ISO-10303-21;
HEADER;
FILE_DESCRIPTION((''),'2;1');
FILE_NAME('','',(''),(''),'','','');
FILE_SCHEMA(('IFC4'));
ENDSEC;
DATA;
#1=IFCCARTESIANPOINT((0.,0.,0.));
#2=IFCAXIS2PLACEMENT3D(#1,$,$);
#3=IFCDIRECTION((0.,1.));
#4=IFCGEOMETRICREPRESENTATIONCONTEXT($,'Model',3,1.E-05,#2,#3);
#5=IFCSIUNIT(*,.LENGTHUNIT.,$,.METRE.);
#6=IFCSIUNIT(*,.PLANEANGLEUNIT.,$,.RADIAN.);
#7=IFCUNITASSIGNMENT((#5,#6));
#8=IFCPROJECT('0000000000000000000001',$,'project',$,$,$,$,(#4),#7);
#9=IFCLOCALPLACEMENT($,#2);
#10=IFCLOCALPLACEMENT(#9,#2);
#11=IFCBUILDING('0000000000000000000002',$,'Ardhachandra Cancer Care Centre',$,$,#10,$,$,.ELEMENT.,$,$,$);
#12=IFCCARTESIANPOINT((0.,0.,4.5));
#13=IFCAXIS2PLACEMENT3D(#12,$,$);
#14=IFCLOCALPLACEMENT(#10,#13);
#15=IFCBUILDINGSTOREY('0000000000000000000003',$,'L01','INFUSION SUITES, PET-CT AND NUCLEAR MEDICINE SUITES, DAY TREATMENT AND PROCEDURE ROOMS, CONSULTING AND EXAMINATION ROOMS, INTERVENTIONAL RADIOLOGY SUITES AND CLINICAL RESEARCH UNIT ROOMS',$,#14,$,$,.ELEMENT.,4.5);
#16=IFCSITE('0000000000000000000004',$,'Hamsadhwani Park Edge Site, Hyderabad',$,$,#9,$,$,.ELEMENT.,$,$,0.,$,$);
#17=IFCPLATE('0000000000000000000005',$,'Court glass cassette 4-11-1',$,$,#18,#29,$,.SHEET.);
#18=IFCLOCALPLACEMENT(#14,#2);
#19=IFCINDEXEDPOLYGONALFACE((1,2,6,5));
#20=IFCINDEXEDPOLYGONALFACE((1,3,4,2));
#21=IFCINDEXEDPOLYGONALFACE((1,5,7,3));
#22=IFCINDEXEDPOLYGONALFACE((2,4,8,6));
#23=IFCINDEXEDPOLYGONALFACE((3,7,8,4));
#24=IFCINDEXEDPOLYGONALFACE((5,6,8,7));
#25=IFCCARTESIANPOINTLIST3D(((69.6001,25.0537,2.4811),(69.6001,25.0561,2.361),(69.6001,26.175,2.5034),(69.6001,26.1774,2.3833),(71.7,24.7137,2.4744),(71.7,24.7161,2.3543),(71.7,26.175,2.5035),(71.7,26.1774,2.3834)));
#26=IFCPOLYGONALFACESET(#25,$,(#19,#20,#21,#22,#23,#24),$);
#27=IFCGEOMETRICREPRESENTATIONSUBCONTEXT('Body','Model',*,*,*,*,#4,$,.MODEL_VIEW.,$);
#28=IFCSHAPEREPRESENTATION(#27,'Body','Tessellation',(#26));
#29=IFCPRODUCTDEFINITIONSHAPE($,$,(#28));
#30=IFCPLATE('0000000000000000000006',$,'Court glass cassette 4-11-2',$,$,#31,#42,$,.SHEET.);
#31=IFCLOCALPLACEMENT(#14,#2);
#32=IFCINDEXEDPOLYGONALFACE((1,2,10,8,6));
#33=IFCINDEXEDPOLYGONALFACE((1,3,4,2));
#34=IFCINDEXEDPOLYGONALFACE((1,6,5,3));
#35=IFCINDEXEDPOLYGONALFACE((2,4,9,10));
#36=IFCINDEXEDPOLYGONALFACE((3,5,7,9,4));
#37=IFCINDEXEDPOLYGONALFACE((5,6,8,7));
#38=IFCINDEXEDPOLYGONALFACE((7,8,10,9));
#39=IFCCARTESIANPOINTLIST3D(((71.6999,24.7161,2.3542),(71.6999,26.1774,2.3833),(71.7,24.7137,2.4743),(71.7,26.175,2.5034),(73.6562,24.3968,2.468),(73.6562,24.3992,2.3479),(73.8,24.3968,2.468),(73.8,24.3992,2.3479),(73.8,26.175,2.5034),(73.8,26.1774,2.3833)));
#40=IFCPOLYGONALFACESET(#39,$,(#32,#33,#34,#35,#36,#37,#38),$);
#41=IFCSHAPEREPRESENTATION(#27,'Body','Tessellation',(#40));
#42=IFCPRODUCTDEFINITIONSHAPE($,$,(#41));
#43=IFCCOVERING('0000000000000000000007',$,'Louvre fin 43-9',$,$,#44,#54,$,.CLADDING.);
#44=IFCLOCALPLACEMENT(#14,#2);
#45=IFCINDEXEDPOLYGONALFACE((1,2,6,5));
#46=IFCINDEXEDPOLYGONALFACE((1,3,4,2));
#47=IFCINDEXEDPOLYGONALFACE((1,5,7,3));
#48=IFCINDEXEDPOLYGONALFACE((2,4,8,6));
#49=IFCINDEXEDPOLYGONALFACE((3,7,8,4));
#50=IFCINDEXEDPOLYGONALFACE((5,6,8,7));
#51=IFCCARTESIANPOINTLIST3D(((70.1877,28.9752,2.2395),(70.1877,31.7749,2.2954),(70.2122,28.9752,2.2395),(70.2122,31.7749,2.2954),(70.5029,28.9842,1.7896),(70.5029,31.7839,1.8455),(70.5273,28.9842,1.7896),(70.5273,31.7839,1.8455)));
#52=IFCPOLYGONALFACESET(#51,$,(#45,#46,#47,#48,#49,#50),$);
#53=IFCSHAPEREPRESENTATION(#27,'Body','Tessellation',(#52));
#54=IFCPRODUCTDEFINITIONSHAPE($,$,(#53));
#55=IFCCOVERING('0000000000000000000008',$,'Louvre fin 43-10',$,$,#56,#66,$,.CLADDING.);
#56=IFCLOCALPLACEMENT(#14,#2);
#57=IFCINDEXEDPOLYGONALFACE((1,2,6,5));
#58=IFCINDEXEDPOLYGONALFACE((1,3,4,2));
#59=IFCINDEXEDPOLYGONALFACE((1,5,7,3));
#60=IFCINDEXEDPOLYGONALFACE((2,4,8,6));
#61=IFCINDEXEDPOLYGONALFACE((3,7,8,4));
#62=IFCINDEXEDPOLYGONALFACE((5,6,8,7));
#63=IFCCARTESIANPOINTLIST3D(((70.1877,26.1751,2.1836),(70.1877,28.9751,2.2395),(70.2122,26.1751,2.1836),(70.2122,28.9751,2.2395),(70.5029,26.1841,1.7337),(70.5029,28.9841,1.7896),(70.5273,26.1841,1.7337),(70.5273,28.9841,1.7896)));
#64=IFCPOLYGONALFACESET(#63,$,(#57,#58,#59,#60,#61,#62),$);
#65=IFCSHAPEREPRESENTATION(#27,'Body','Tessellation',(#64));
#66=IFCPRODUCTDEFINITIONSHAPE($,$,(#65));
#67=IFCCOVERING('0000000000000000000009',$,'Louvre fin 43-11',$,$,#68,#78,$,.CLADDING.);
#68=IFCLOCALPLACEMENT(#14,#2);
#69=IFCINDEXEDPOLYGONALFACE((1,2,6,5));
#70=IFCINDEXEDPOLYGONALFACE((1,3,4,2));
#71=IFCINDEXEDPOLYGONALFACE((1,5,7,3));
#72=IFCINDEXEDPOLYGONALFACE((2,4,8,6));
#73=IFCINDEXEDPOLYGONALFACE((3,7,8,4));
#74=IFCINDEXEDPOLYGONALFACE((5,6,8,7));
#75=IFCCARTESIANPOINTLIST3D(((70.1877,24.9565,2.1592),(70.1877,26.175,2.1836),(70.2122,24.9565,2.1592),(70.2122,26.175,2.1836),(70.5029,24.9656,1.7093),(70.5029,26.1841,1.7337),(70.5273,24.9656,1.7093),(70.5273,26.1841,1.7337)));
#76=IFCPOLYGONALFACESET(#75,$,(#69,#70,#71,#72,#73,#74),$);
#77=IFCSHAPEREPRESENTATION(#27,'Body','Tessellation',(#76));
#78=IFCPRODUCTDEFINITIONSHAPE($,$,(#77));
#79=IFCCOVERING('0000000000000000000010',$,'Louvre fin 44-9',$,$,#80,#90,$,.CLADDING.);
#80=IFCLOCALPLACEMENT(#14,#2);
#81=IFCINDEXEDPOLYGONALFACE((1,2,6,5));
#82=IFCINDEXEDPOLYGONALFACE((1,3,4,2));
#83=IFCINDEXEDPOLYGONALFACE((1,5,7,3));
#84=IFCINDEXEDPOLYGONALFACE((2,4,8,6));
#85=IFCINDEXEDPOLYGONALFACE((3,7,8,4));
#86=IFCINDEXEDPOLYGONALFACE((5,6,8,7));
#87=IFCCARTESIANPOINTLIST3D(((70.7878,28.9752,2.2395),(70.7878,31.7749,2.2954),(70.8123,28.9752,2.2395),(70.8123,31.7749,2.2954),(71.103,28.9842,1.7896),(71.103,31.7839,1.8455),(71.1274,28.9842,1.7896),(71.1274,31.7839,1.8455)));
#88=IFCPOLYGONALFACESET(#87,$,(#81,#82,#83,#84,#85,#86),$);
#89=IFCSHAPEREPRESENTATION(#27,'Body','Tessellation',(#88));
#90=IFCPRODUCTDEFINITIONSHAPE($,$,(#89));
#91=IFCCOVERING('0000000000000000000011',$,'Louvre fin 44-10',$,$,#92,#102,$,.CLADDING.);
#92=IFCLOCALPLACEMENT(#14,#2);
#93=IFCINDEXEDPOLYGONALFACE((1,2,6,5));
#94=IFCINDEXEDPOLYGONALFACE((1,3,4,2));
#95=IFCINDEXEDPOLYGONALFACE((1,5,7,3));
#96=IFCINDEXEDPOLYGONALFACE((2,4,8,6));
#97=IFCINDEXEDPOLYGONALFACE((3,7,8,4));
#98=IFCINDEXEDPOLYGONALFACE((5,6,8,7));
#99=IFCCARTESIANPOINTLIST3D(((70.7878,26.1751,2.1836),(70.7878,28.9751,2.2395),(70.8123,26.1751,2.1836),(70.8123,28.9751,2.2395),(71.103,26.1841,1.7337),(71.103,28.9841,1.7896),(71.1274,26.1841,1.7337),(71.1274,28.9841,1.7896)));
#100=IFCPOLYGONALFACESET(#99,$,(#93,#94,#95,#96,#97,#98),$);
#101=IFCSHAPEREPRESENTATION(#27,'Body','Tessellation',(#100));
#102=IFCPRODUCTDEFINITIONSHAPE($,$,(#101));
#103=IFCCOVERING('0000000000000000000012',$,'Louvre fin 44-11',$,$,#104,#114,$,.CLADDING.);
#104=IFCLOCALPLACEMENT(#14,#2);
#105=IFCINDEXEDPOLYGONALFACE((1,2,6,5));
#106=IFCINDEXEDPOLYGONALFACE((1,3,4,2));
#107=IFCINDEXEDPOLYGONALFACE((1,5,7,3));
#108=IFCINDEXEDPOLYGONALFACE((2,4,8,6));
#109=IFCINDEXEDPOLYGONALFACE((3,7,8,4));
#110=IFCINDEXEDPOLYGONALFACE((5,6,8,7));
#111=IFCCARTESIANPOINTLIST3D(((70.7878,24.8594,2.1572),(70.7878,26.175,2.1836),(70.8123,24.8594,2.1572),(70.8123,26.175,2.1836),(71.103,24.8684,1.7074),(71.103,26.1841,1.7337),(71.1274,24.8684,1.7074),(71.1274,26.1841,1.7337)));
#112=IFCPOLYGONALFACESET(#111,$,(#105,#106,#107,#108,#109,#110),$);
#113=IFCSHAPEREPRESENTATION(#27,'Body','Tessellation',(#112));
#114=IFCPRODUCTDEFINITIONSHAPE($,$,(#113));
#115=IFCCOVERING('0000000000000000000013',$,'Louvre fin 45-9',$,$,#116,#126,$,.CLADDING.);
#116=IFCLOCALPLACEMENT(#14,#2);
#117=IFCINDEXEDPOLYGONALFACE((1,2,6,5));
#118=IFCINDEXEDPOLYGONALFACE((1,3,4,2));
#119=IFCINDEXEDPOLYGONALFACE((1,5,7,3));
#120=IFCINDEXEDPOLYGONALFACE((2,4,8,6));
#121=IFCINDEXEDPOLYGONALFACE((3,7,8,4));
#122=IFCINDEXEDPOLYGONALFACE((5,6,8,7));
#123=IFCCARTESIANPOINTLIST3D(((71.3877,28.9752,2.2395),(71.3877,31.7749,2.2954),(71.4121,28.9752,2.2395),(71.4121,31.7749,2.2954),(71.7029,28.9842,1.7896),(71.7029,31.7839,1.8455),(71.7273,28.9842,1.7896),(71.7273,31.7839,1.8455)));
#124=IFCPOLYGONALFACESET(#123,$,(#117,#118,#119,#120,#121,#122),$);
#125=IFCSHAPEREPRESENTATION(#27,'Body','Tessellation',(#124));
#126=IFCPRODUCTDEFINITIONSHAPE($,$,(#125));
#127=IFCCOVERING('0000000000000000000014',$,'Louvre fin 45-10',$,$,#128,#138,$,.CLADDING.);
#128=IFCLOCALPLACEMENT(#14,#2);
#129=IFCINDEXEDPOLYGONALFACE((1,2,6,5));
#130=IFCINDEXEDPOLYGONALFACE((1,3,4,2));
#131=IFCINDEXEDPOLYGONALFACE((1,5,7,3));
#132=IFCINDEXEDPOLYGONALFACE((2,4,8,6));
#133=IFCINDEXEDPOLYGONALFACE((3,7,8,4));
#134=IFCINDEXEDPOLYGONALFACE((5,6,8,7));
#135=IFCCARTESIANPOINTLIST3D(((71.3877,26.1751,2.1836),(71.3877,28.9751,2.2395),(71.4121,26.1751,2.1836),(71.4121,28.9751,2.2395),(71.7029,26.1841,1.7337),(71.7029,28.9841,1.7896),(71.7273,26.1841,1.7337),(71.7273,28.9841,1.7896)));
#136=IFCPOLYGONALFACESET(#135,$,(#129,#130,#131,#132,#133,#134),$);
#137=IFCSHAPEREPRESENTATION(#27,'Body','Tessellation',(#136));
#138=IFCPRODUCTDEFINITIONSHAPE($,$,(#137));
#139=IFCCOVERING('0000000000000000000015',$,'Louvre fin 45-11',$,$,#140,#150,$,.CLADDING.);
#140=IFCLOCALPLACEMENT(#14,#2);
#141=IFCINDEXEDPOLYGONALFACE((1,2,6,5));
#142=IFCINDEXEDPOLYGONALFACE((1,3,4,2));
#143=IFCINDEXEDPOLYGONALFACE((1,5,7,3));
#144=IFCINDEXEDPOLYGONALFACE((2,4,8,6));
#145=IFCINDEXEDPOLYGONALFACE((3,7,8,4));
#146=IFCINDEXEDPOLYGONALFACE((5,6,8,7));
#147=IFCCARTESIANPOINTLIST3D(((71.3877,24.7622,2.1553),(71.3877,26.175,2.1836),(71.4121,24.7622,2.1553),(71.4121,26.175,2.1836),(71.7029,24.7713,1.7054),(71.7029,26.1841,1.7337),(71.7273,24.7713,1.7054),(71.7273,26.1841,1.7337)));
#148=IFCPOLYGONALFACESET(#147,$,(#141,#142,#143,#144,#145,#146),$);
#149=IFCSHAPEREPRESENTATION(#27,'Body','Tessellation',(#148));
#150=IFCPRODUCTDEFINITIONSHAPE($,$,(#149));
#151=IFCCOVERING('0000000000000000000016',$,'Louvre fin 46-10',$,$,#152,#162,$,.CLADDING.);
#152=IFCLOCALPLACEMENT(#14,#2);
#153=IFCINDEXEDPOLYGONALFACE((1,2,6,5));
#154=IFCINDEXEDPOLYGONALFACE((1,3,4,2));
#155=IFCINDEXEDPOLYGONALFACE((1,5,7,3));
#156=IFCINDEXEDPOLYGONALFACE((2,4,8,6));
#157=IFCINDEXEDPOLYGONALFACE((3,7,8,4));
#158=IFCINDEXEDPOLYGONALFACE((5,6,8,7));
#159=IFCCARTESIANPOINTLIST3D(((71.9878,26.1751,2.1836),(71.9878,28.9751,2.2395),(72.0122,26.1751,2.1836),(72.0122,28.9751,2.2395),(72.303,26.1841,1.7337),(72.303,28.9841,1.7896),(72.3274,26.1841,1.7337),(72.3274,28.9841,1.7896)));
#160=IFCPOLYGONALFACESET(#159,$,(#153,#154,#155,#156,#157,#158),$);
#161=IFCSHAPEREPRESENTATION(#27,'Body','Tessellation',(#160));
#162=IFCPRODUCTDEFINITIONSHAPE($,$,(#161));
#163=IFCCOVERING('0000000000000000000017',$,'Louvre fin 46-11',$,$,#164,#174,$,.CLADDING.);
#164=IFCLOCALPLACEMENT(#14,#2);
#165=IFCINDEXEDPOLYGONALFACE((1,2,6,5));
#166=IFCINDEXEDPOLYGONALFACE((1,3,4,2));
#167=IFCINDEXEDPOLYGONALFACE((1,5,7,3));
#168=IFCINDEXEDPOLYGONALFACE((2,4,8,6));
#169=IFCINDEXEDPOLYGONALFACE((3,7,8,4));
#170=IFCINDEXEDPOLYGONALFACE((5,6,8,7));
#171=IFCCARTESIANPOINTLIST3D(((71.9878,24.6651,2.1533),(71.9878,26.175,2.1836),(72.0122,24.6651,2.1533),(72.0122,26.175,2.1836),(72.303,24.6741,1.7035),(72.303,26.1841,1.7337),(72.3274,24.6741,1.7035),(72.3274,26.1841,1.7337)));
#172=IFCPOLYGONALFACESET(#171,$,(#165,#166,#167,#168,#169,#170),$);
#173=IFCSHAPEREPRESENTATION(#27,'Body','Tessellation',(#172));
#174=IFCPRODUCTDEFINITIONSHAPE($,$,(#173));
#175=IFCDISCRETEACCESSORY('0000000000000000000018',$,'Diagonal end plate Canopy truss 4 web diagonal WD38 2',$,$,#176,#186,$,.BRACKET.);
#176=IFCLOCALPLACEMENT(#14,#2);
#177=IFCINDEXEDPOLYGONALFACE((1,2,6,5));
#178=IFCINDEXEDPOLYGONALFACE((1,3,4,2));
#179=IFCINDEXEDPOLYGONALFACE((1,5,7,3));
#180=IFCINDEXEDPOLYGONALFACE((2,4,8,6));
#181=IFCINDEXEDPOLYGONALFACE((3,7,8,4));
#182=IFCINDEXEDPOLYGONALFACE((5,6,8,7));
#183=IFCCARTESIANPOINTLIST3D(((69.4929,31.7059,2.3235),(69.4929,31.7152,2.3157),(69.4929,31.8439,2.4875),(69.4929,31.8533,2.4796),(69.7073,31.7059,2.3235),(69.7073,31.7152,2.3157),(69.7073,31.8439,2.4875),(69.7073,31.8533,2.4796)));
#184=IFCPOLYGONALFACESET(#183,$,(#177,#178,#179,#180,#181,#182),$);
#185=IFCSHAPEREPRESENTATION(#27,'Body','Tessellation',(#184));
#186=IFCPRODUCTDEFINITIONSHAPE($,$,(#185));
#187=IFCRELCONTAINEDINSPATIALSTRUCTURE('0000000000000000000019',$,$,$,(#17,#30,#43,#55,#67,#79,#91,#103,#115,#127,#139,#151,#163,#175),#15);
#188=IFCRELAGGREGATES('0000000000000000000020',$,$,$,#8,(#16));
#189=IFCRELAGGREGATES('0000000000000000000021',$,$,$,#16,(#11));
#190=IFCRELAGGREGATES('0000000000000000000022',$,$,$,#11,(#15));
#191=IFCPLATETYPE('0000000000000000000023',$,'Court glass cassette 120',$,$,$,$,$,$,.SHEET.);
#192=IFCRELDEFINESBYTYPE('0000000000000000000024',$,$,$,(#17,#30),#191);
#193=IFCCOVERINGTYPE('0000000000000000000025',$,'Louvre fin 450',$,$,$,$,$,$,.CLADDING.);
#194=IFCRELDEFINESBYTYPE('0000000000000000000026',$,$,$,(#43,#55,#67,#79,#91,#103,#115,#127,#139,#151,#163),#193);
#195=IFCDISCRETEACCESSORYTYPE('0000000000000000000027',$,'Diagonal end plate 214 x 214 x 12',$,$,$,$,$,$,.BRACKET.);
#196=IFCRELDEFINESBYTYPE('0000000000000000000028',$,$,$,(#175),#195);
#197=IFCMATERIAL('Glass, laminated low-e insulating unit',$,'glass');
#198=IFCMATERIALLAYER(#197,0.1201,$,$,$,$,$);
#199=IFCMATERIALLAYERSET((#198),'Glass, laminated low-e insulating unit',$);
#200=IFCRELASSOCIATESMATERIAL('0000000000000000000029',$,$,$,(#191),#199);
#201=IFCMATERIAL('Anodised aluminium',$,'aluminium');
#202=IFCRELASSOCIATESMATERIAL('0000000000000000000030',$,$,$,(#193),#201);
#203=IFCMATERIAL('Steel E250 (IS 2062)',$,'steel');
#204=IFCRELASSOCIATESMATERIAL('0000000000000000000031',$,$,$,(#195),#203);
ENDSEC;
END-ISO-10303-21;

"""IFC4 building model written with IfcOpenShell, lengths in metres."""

from ifc_helpers import new_model, si_unit, direction, frame, origin, origin_2d, place, context, subcontext, project, spatial, polyline, rectangle, outline, extrude, material, layer, layer_set, material_profile, profile_set, type_object, element, save


model = new_model("IFC4")

# Units and contexts
model_context = context("Model", 3, precision=1e-05, world=origin(), true_north=direction((0.0, 1.0)))
body_context = subcontext(model_context, "Body", "Model", "MODEL_VIEW")
ifc_project = project(units=[si_unit("LENGTHUNIT", "METRE"), si_unit("PLANEANGLEUNIT", "RADIAN")], contexts=[model_context])

# Site, building, storey
site_placement = place(None, origin())
site = spatial("IfcSite", under=ifc_project, at=site_placement, Name="Hamsadhwani Park Edge Site, Hyderabad", CompositionType="ELEMENT", RefElevation=0.0)
building_placement = place(site_placement, origin())
building = spatial("IfcBuilding", under=site, at=building_placement, Name="Ardhachandra Cancer Care Centre", CompositionType="ELEMENT")
storey_placement = place(building_placement, frame((0.0, 0.0, 4.5)))
storey = spatial("IfcBuildingStorey", under=building, at=storey_placement, Name="L01", Description="INFUSION SUITES, PET-CT AND NUCLEAR MEDICINE SUITES, DAY TREATMENT AND PROCEDURE ROOMS, CONSULTING AND EXAMINATION ROOMS, INTERVENTIONAL RADIOLOGY SUITES AND CLINICAL RESEARCH UNIT ROOMS", CompositionType="ELEMENT", Elevation=4.5)

# Plates
ifc_material_1 = material(Name="Glass, laminated low-e insulating unit", Category="glass")
ifc_layer = layer(ifc_material_1, 0.1201)
ifc_layer_set = layer_set([ifc_layer], Name="Glass, laminated low-e insulating unit")
plate_type = type_object("IfcPlateType", Name="Court glass cassette 120", PredefinedType="SHEET", material=ifc_layer_set)
plate_1_placement = place(storey_placement, frame((69.6001, 26.175, 2.5034), z_axis=(-0.000046, -0.019941, 0.999801), x_axis=(1.0, -0.000001, 0.000046)))
element("IfcPlate", 1, at=plate_1_placement, inside=storey, type_object=plate_type, Name="Court glass cassette 4-11-1", PredefinedType="SHEET", context=body_context, shape_type="SweptSolid", body=[
    extrude(outline(polyline([(0.0, -1.1216), (2.0999, -1.4617), (2.0999, 0.0), (0.0, 0.0), (0.0, -1.1216)])), frame((0.0, 0.0, -0.1201)), (0.0, 0.0, 1.0), 0.1201),
])
plate_2_placement = place(storey_placement, frame((71.7, 26.175, 2.5034), z_axis=(0.00001, -0.019891, 0.999802), x_axis=(1.0, 0.0, -0.00001)))
element("IfcPlate", 2, at=plate_2_placement, inside=storey, type_object=plate_type, Name="Court glass cassette 4-11-2", PredefinedType="SHEET", context=body_context, shape_type="SweptSolid", body=[
    extrude(outline(polyline([(0.0, -1.4617), (1.9563, -1.7786), (2.1001, -1.7786), (2.1001, 0.0), (0.0, 0.0), (0.0, -1.4617)])), frame((0.0, 0.0, -0.1201)), (0.0, 0.0, 1.0), 0.1201),
])

# Coverings
ifc_material_2 = material(Name="Anodised aluminium", Category="aluminium")
ifc_material_profile_1 = material_profile(ifc_material_2, outline(polyline([(-0.0122, 0.0), (0.0122, 0.0), (0.3274, -0.45), (0.303, -0.45), (-0.0122, 0.0)])), Name="Louvre fin 450")
ifc_profile_set_1 = profile_set([ifc_material_profile_1], Name="Anodised aluminium")
covering_type = type_object("IfcCoveringType", Name="Louvre fin 450", PredefinedType="CLADDING", material=ifc_profile_set_1)
covering_1_placement = place(storey_placement, frame((70.2, 31.7749, 2.2954), z_axis=(0.0, -0.999801, -0.019965), x_axis=(1.0, 0.0, 0.0)))
element("IfcCovering", 3, at=covering_1_placement, inside=storey, type_object=covering_type, Name="Louvre fin 43-9", PredefinedType="CLADDING", context=body_context, shape_type="SweptSolid", body=[
    extrude(outline(polyline([(-0.0122, 0.0), (0.0122, 0.0), (0.3274, -0.45), (0.303, -0.45), (-0.0122, 0.0)])), origin(), (0.0, 0.0, 1.0), 2.8003),
])
covering_2_placement = place(storey_placement, frame((70.2, 28.9751, 2.2395), z_axis=(0.0, -0.999801, -0.019963), x_axis=(1.0, 0.0, 0.0)))
element("IfcCovering", 4, at=covering_2_placement, inside=storey, type_object=covering_type, Name="Louvre fin 43-10", PredefinedType="CLADDING", context=body_context, shape_type="SweptSolid", body=[
    extrude(outline(polyline([(-0.0122, 0.0), (0.0122, 0.0), (0.3274, -0.45), (0.303, -0.45), (-0.0122, 0.0)])), origin(), (0.0, 0.0, 1.0), 2.8005),
])
covering_3_placement = place(storey_placement, frame((70.2, 26.175, 2.1836), z_axis=(0.0, -0.999799, -0.020032), x_axis=(1.0, 0.0, 0.0)))
element("IfcCovering", 5, at=covering_3_placement, inside=storey, type_object=covering_type, Name="Louvre fin 43-11", PredefinedType="CLADDING", context=body_context, shape_type="SweptSolid", body=[
    extrude(outline(polyline([(-0.0122, 0.0), (0.0122, 0.0), (0.3274, -0.45), (0.303, -0.45), (-0.0122, 0.0)])), origin(), (0.0, 0.0, 1.0), 1.2188),
])
covering_4_placement = place(storey_placement, frame((70.8, 31.7749, 2.2954), z_axis=(0.0, -0.999801, -0.019965), x_axis=(1.0, 0.0, 0.0)))
element("IfcCovering", 6, at=covering_4_placement, inside=storey, type_object=covering_type, Name="Louvre fin 44-9", PredefinedType="CLADDING", context=body_context, shape_type="SweptSolid", body=[
    extrude(outline(polyline([(-0.0122, 0.0), (0.0122, 0.0), (0.3274, -0.45), (0.303, -0.45), (-0.0122, 0.0)])), origin(), (0.0, 0.0, 1.0), 2.8003),
])
covering_5_placement = place(storey_placement, frame((70.8, 28.9751, 2.2395), z_axis=(0.0, -0.999801, -0.019963), x_axis=(1.0, 0.0, 0.0)))
element("IfcCovering", 7, at=covering_5_placement, inside=storey, type_object=covering_type, Name="Louvre fin 44-10", PredefinedType="CLADDING", context=body_context, shape_type="SweptSolid", body=[
    extrude(outline(polyline([(-0.0122, 0.0), (0.0122, 0.0), (0.3274, -0.45), (0.303, -0.45), (-0.0122, 0.0)])), origin(), (0.0, 0.0, 1.0), 2.8005),
])
covering_6_placement = place(storey_placement, frame((70.8, 26.175, 2.1836), z_axis=(0.0, -0.999799, -0.020037), x_axis=(1.0, 0.0, 0.0)))
element("IfcCovering", 8, at=covering_6_placement, inside=storey, type_object=covering_type, Name="Louvre fin 44-11", PredefinedType="CLADDING", context=body_context, shape_type="SweptSolid", body=[
    extrude(outline(polyline([(-0.0122, 0.0), (0.0122, 0.0), (0.3274, -0.45), (0.303, -0.45), (-0.0122, 0.0)])), origin(), (0.0, 0.0, 1.0), 1.3159),
])
covering_7_placement = place(storey_placement, frame((71.3999, 31.7749, 2.2954), z_axis=(0.0, -0.999801, -0.019965), x_axis=(1.0, 0.0, 0.0)))
element("IfcCovering", 9, at=covering_7_placement, inside=storey, type_object=covering_type, Name="Louvre fin 45-9", PredefinedType="CLADDING", context=body_context, shape_type="SweptSolid", body=[
    extrude(outline(polyline([(-0.0122, 0.0), (0.0122, 0.0), (0.3274, -0.45), (0.303, -0.45), (-0.0122, 0.0)])), origin(), (0.0, 0.0, 1.0), 2.8003),
])
covering_8_placement = place(storey_placement, frame((71.3999, 28.9751, 2.2395), z_axis=(0.0, -0.999801, -0.019963), x_axis=(1.0, 0.0, 0.0)))
element("IfcCovering", 10, at=covering_8_placement, inside=storey, type_object=covering_type, Name="Louvre fin 45-10", PredefinedType="CLADDING", context=body_context, shape_type="SweptSolid", body=[
    extrude(outline(polyline([(-0.0122, 0.0), (0.0122, 0.0), (0.3274, -0.45), (0.303, -0.45), (-0.0122, 0.0)])), origin(), (0.0, 0.0, 1.0), 2.8005),
])
covering_9_placement = place(storey_placement, frame((71.3999, 26.175, 2.1836), z_axis=(0.0, -0.999799, -0.020041), x_axis=(1.0, 0.0, 0.0)))
element("IfcCovering", 11, at=covering_9_placement, inside=storey, type_object=covering_type, Name="Louvre fin 45-11", PredefinedType="CLADDING", context=body_context, shape_type="SweptSolid", body=[
    extrude(outline(polyline([(-0.0122, 0.0), (0.0122, 0.0), (0.3274, -0.45), (0.303, -0.45), (-0.0122, 0.0)])), origin(), (0.0, 0.0, 1.0), 1.4131),
])
covering_10_placement = place(storey_placement, frame((72.0, 28.9751, 2.2395), z_axis=(0.0, -0.999801, -0.019963), x_axis=(1.0, 0.0, 0.0)))
element("IfcCovering", 12, at=covering_10_placement, inside=storey, type_object=covering_type, Name="Louvre fin 46-10", PredefinedType="CLADDING", context=body_context, shape_type="SweptSolid", body=[
    extrude(outline(polyline([(-0.0122, 0.0), (0.0122, 0.0), (0.3274, -0.45), (0.303, -0.45), (-0.0122, 0.0)])), origin(), (0.0, 0.0, 1.0), 2.8005),
])
covering_11_placement = place(storey_placement, frame((72.0, 26.175, 2.1836), z_axis=(0.0, -0.999799, -0.020044), x_axis=(1.0, 0.0, 0.0)))
element("IfcCovering", 13, at=covering_11_placement, inside=storey, type_object=covering_type, Name="Louvre fin 46-11", PredefinedType="CLADDING", context=body_context, shape_type="SweptSolid", body=[
    extrude(outline(polyline([(-0.0122, 0.0), (0.0122, 0.0), (0.3274, -0.45), (0.303, -0.45), (-0.0122, 0.0)])), origin(), (0.0, 0.0, 1.0), 1.5103),
])

# Discrete accessory
ifc_material_3 = material(Name="Steel E250 (IS 2062)", Category="steel")
ifc_material_profile_2 = material_profile(ifc_material_3, rectangle(XDim=0.2144, YDim=0.2144, at=origin_2d()), Name="PL 214x214x12")
ifc_profile_set_2 = profile_set([ifc_material_profile_2], Name="Steel E250 (IS 2062)")
discrete_accessory_type = type_object("IfcDiscreteAccessoryType", Name="Diagonal end plate 214 x 214 x 12", PredefinedType="BRACKET", material=ifc_profile_set_2)
discrete_accessory_placement = place(storey_placement, frame((69.6001, 31.7749, 2.4055), z_axis=(0.0, 0.764911, -0.644136), x_axis=(-1.0, 0.0, 0.0)))
element("IfcDiscreteAccessory", 14, at=discrete_accessory_placement, inside=storey, type_object=discrete_accessory_type, Name="Diagonal end plate Canopy truss 4 web diagonal WD38 2", PredefinedType="BRACKET", context=body_context, shape_type="SweptSolid", body=[
    extrude(rectangle(XDim=0.2144, YDim=0.2144, at=origin_2d()), origin(), (0.0, 0.0, 1.0), 0.0122),
])

save(model, "model.ifc")
